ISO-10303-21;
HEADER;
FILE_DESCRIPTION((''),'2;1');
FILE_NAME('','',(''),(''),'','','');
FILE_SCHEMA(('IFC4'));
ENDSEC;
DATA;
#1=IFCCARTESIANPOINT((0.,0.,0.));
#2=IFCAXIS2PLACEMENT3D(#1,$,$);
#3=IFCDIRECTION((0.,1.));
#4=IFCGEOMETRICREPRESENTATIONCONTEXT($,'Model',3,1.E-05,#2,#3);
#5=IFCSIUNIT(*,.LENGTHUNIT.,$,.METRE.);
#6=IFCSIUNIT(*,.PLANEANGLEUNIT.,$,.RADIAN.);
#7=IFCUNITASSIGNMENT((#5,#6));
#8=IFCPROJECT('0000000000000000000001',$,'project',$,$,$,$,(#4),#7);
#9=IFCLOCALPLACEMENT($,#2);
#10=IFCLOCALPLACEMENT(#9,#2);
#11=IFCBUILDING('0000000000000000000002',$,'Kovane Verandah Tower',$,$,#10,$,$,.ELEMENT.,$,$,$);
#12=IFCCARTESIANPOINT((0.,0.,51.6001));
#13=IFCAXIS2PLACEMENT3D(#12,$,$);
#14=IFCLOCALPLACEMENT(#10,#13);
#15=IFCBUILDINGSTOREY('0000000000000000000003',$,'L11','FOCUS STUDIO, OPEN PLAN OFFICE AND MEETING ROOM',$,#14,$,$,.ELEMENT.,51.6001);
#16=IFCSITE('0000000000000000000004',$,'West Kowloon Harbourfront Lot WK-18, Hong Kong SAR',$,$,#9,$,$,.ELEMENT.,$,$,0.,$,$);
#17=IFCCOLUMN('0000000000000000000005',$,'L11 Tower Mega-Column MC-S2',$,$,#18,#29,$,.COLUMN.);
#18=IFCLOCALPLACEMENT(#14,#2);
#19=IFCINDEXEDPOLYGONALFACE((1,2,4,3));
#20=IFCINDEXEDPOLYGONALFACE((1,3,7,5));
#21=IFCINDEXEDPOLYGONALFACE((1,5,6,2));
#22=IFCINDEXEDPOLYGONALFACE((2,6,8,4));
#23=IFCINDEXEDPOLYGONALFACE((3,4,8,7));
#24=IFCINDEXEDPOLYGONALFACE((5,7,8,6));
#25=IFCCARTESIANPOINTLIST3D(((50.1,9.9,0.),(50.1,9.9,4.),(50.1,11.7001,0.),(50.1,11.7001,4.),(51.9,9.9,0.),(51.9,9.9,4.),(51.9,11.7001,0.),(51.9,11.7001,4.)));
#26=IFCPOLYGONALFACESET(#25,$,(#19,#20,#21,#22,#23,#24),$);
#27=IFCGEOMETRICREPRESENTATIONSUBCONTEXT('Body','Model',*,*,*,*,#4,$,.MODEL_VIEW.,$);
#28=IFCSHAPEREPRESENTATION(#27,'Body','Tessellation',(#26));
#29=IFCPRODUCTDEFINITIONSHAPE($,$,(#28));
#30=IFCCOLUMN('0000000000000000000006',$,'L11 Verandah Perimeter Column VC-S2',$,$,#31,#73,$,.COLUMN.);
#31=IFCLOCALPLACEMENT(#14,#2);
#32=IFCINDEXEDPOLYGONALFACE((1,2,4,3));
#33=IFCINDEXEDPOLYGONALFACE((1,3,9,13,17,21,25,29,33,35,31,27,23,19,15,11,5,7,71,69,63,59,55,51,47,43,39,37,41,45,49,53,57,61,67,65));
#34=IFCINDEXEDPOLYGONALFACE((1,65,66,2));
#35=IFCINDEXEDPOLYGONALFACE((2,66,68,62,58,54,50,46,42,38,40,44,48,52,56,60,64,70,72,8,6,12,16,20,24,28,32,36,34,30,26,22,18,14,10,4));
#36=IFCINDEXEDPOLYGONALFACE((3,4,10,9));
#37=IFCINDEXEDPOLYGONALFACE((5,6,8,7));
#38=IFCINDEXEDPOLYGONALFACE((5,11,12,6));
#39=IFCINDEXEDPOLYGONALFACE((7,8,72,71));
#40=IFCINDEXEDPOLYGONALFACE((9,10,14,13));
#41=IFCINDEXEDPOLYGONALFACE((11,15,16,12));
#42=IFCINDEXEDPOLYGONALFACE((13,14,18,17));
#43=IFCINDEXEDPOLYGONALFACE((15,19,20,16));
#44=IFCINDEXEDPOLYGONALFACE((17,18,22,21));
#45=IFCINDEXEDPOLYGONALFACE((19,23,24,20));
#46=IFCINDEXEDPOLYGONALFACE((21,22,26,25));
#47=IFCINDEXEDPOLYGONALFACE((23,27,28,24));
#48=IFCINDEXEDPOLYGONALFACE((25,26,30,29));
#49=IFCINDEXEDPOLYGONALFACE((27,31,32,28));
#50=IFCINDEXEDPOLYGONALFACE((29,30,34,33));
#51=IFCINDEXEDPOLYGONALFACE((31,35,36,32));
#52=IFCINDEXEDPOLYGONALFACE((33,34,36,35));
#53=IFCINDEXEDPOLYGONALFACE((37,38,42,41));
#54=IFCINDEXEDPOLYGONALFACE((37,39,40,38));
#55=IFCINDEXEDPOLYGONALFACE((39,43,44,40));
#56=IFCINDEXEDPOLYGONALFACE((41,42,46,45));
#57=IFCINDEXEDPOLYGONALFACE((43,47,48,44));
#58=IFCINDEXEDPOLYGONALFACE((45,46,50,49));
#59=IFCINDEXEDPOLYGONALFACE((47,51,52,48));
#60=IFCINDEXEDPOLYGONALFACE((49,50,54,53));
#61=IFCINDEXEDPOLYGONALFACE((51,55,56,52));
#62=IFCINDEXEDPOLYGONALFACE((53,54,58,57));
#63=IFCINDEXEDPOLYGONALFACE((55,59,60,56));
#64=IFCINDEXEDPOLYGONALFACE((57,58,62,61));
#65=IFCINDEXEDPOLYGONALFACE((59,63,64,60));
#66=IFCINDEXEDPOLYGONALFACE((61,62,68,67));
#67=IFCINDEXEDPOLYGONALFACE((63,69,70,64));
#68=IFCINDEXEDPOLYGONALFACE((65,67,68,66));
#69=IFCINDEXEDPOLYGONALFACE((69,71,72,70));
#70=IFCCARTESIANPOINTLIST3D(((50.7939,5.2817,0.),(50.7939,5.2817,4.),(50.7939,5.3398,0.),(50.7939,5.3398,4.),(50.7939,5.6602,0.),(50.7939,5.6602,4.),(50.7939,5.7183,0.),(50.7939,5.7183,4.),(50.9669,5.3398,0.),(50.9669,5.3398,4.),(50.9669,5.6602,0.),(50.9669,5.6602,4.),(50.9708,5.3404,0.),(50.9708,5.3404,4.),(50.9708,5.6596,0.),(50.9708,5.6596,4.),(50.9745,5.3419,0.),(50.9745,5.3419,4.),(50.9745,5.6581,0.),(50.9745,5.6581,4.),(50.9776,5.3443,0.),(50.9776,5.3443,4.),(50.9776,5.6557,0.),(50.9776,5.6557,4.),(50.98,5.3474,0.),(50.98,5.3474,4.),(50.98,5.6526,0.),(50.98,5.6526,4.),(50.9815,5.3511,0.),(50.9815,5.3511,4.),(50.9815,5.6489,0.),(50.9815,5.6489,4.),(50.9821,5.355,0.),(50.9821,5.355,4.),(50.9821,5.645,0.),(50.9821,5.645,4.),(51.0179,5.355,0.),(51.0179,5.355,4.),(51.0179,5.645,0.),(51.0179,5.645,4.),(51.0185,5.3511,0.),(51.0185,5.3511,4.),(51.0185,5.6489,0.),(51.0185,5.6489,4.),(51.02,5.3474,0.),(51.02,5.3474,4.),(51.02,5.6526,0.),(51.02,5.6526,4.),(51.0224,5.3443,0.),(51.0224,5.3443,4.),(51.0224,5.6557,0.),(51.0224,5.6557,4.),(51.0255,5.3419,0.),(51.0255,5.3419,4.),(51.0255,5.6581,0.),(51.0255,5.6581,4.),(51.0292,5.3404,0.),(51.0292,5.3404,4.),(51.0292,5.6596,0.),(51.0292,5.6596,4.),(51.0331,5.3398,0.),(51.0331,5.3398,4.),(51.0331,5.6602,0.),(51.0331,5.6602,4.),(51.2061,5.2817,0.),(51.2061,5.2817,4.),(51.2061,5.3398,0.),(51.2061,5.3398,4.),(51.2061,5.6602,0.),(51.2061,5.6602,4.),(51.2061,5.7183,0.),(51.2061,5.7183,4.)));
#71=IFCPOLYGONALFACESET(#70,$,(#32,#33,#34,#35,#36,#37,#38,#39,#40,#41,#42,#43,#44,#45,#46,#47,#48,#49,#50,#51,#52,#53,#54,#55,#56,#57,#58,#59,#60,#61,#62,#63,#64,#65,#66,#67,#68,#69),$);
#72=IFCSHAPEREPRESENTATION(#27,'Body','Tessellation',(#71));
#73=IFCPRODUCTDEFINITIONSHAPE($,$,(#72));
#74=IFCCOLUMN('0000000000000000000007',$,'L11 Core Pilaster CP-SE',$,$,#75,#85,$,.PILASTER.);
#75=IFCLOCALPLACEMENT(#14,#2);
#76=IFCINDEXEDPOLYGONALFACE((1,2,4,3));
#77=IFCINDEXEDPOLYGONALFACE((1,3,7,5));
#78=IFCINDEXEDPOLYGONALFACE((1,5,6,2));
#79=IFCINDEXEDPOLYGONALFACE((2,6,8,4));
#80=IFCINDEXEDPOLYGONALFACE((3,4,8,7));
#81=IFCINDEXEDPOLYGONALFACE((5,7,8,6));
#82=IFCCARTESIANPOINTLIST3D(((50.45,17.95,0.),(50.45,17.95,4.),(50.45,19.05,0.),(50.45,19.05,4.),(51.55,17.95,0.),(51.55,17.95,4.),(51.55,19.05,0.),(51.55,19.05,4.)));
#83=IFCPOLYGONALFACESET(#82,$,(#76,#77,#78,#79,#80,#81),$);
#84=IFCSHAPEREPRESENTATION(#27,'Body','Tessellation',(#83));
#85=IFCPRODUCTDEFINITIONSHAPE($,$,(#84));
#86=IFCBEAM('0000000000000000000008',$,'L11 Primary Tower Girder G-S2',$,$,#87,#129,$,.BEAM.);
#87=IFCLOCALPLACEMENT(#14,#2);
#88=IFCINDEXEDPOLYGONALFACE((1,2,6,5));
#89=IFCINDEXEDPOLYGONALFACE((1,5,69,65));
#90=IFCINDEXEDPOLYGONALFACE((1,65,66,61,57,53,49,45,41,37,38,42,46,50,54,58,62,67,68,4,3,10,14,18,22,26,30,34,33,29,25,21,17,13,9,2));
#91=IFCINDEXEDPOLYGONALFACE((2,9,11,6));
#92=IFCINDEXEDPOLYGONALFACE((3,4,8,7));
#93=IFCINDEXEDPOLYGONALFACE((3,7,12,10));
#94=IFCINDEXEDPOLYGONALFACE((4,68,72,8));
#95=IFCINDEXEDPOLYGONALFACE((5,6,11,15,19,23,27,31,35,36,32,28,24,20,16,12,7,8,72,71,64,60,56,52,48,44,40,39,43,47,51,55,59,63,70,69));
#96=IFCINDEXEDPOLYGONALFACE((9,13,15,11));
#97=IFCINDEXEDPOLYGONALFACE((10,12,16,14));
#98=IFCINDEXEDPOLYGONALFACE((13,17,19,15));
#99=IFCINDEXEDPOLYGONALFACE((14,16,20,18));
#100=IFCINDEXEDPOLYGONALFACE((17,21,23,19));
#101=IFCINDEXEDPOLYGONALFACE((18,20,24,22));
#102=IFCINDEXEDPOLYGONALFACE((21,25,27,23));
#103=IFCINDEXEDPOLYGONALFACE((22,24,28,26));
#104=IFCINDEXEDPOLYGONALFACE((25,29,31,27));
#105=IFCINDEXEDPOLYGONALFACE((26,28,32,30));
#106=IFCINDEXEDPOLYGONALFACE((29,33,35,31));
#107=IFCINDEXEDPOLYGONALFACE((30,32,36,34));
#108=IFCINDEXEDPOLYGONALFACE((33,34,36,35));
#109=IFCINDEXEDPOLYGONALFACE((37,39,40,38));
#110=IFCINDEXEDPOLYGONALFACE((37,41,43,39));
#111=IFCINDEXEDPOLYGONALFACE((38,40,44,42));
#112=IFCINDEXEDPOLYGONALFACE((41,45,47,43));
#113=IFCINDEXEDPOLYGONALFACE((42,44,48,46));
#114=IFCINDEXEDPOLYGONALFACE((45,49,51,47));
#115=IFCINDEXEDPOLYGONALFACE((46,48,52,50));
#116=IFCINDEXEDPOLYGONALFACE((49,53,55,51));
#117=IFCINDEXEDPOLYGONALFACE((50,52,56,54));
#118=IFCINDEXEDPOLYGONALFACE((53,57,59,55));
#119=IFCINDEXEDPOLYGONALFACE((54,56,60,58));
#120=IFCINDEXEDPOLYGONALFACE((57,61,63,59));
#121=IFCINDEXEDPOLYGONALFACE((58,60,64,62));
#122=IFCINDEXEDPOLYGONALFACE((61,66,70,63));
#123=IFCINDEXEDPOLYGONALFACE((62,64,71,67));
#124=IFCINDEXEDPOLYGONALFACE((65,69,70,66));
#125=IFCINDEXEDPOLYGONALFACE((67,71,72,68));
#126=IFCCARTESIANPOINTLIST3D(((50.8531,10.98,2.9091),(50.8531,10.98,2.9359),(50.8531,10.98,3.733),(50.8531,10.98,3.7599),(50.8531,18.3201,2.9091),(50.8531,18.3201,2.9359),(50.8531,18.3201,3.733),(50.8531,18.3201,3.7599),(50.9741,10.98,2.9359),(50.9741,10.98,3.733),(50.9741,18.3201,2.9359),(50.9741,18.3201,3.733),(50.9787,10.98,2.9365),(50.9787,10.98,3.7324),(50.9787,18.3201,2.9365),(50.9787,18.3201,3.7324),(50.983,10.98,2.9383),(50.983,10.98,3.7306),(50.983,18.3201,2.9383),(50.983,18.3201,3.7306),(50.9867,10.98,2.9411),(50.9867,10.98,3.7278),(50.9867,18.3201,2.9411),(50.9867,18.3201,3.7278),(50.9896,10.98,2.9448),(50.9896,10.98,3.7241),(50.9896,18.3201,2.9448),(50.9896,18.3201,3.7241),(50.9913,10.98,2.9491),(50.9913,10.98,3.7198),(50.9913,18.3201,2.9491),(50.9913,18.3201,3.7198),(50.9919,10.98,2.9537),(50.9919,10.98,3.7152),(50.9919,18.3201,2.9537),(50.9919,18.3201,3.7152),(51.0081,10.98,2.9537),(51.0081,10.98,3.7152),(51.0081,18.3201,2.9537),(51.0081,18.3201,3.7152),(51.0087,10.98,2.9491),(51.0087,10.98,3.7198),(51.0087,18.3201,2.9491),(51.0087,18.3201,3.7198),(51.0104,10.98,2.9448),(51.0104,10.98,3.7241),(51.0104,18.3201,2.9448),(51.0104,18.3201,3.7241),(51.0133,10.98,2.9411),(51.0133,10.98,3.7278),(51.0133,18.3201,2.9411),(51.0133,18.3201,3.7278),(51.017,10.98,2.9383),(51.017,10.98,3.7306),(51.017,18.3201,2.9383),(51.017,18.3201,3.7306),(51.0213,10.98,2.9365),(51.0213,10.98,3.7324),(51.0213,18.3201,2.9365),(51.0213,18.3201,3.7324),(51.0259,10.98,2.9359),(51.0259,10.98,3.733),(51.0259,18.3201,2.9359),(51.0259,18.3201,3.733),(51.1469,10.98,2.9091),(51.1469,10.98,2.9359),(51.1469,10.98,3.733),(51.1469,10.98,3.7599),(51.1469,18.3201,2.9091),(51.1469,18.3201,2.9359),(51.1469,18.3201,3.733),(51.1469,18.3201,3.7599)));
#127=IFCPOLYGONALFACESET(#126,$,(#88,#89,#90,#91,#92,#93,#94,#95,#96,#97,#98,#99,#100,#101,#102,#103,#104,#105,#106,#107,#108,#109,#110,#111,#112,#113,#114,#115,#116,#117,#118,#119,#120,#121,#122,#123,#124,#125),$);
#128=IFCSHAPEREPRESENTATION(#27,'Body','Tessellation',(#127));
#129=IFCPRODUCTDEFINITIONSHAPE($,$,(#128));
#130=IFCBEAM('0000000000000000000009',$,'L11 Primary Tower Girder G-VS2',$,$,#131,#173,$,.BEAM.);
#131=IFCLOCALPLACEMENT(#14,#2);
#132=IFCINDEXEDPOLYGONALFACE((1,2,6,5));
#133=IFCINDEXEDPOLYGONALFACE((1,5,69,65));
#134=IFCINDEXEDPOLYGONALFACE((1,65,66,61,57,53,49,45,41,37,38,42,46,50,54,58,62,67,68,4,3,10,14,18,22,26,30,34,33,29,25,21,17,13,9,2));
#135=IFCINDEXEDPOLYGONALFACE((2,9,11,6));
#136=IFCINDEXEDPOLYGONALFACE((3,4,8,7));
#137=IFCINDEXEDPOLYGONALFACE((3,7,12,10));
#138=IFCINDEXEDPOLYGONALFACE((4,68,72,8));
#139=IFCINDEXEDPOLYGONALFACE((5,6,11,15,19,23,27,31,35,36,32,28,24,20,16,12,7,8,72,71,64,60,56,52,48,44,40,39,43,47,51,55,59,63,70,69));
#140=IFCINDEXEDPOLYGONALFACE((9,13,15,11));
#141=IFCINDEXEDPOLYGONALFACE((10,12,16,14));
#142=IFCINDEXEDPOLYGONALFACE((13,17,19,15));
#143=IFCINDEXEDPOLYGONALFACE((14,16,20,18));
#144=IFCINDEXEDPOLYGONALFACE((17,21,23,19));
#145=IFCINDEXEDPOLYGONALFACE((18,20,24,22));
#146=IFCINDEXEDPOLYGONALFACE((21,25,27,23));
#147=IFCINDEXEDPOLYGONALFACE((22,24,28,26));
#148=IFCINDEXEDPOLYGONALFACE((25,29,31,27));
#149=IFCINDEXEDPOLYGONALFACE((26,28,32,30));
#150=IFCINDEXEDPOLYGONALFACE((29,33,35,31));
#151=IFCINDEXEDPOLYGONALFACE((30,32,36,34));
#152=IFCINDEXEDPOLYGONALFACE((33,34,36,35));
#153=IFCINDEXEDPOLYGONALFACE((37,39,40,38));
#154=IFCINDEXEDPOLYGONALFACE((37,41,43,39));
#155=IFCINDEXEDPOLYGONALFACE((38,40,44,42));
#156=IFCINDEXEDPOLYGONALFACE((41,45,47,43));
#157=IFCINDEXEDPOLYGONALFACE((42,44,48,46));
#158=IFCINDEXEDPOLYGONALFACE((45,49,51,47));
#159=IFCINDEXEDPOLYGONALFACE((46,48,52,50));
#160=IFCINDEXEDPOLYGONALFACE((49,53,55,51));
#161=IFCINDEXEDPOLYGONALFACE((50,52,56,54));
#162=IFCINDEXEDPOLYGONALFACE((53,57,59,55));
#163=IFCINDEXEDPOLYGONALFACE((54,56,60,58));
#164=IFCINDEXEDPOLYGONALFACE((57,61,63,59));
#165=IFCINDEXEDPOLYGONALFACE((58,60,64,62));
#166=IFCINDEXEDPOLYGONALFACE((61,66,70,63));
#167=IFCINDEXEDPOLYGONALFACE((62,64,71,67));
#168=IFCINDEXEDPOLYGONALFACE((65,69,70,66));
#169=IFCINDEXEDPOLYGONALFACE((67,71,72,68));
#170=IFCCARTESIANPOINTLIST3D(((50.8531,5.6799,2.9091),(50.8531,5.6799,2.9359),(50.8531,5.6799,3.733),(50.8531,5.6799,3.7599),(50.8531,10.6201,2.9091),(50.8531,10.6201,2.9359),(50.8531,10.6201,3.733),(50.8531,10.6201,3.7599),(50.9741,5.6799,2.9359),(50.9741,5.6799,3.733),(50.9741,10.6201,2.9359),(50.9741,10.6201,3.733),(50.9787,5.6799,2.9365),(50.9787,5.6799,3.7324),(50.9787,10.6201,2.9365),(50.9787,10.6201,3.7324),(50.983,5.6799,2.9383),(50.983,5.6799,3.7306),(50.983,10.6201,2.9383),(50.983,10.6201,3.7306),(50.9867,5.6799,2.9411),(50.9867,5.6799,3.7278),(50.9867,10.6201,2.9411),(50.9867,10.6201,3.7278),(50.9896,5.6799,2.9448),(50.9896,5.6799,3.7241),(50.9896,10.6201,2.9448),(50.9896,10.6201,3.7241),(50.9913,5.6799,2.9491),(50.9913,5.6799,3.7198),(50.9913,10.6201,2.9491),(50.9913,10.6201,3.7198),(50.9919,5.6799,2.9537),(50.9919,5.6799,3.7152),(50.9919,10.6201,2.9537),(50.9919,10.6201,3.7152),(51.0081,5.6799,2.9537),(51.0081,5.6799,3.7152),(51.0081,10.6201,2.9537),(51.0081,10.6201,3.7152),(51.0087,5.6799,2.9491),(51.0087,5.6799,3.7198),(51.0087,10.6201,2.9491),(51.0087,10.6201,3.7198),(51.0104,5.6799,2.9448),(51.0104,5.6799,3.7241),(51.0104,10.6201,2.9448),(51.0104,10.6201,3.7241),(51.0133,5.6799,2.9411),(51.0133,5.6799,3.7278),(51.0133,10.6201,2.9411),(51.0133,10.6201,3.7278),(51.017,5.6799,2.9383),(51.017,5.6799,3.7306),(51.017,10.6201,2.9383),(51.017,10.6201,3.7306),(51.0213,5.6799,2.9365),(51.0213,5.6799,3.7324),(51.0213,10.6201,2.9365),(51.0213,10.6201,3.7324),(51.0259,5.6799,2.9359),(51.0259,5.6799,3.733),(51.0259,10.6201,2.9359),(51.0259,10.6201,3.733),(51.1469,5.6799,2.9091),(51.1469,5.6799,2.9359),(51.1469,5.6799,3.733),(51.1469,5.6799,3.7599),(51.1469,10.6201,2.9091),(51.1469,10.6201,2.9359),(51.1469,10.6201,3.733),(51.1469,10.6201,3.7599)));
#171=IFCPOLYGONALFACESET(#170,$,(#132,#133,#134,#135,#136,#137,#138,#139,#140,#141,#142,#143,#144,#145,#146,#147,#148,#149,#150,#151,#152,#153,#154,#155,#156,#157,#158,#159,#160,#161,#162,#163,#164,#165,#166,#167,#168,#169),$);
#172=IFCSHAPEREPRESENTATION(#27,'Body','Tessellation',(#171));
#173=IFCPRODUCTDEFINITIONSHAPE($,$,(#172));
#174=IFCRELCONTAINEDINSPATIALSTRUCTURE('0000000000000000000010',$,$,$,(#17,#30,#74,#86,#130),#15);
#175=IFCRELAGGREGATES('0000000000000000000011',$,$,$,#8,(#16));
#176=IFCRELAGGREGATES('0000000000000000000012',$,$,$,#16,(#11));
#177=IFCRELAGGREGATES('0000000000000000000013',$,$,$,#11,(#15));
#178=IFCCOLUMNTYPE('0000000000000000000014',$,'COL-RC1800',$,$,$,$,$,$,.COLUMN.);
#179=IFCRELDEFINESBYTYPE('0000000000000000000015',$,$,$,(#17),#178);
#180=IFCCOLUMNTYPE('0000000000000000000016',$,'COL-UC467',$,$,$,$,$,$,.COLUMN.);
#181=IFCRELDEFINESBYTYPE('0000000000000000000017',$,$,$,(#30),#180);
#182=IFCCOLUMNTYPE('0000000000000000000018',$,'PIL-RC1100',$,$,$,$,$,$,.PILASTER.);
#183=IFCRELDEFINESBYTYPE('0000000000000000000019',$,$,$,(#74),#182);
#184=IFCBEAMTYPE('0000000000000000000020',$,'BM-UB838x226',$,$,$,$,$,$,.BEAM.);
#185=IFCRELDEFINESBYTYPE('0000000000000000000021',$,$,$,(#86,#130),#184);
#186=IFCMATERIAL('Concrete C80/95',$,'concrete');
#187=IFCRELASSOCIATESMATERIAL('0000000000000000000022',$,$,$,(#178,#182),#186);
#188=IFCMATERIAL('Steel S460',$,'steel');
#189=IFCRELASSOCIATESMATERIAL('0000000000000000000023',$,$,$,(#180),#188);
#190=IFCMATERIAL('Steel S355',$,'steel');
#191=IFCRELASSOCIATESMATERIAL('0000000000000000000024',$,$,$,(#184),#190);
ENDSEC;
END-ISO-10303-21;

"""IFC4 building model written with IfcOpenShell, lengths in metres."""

from ifc_helpers import new_model, si_unit, direction, frame, origin, origin_2d, place, context, subcontext, project, spatial, rectangle, i_section, extrude, material, material_profile, profile_set, type_object, element, save


model = new_model("IFC4")

# Units and contexts
model_context = context("Model", 3, precision=1e-05, world=origin(), true_north=direction((0.0, 1.0)))
body_context = subcontext(model_context, "Body", "Model", "MODEL_VIEW")
ifc_project = project(units=[si_unit("LENGTHUNIT", "METRE"), si_unit("PLANEANGLEUNIT", "RADIAN")], contexts=[model_context])

# Site, building, storey
site_placement = place(None, origin())
site = spatial("IfcSite", under=ifc_project, at=site_placement, Name="West Kowloon Harbourfront Lot WK-18, Hong Kong SAR", CompositionType="ELEMENT", RefElevation=0.0)
building_placement = place(site_placement, origin())
building = spatial("IfcBuilding", under=site, at=building_placement, Name="Kovane Verandah Tower", CompositionType="ELEMENT")
storey_placement = place(building_placement, frame((0.0, 0.0, 51.6001)))
storey = spatial("IfcBuildingStorey", under=building, at=storey_placement, Name="L11", Description="FOCUS STUDIO, OPEN PLAN OFFICE AND MEETING ROOM", CompositionType="ELEMENT", Elevation=51.6001)

# Columns
ifc_material_1 = material(Name="Concrete C80/95", Category="concrete")
ifc_material_profile_1 = material_profile(ifc_material_1, rectangle(XDim=1.8, YDim=1.8, at=origin_2d()), Name="RC1800x1800")
ifc_profile_set_1 = profile_set([ifc_material_profile_1], Name="Concrete C80/95")
column_type_1 = type_object("IfcColumnType", Name="COL-RC1800", PredefinedType="COLUMN", material=ifc_profile_set_1)
column_1_placement = place(storey_placement, frame((51.0, 10.8, 0.0), z_axis=(0.0, 0.0, 1.0), x_axis=(1.0, 0.0, 0.0)))
element("IfcColumn", 1, at=column_1_placement, inside=storey, type_object=column_type_1, Name="L11 Tower Mega-Column MC-S2", PredefinedType="COLUMN", context=body_context, shape_type="SweptSolid", body=[
    extrude(rectangle(XDim=1.8, YDim=1.8, at=origin_2d()), origin(), (0.0, 0.0, 1.0), 4.0),
])
ifc_material_2 = material(Name="Steel S460", Category="steel")
ifc_material_profile_2 = material_profile(ifc_material_2, i_section(OverallWidth=0.4121, OverallDepth=0.4365, WebThickness=0.0359, FlangeThickness=0.0581, FilletRadius=0.0151, at=origin_2d()), Name="UC356x406x467")
ifc_profile_set_2 = profile_set([ifc_material_profile_2], Name="Steel S460")
column_type_2 = type_object("IfcColumnType", Name="COL-UC467", PredefinedType="COLUMN", material=ifc_profile_set_2)
column_2_placement = place(storey_placement, frame((51.0, 5.5, 0.0), z_axis=(0.0, 0.0, 1.0), x_axis=(1.0, 0.0, 0.0)))
element("IfcColumn", 2, at=column_2_placement, inside=storey, type_object=column_type_2, Name="L11 Verandah Perimeter Column VC-S2", PredefinedType="COLUMN", context=body_context, shape_type="SweptSolid", body=[
    extrude(i_section(OverallWidth=0.4121, OverallDepth=0.4365, WebThickness=0.0359, FlangeThickness=0.0581, FilletRadius=0.0151, at=origin_2d()), origin(), (0.0, 0.0, 1.0), 4.0),
])
ifc_material_profile_3 = material_profile(ifc_material_1, rectangle(XDim=1.1001, YDim=1.1001, at=origin_2d()), Name="RC1100x1100")
ifc_profile_set_3 = profile_set([ifc_material_profile_3], Name="Concrete C80/95")
column_type_3 = type_object("IfcColumnType", Name="PIL-RC1100", PredefinedType="PILASTER", material=ifc_profile_set_3)
column_3_placement = place(storey_placement, frame((51.0, 18.5, 0.0), z_axis=(0.0, 0.0, 1.0), x_axis=(1.0, 0.0, 0.0)))
element("IfcColumn", 3, at=column_3_placement, inside=storey, type_object=column_type_3, Name="L11 Core Pilaster CP-SE", PredefinedType="PILASTER", context=body_context, shape_type="SweptSolid", body=[
    extrude(rectangle(XDim=1.1001, YDim=1.1001, at=origin_2d()), origin(), (0.0, 0.0, 1.0), 4.0),
])

# Beams
ifc_material_3 = material(Name="Steel S355", Category="steel")
ifc_material_profile_4 = material_profile(ifc_material_3, i_section(OverallWidth=0.2937, OverallDepth=0.8508, WebThickness=0.0161, FlangeThickness=0.0269, FilletRadius=0.0178, at=origin_2d()), Name="UB838x292x226")
ifc_profile_set_4 = profile_set([ifc_material_profile_4], Name="Steel S355")
beam_type_1 = type_object("IfcBeamType", Name="BM-UB838x226", PredefinedType="BEAM", material=ifc_profile_set_4)
beam_1_placement = place(storey_placement, frame((51.0, 18.3201, 3.3345), z_axis=(0.0, -1.0, 0.0), x_axis=(1.0, 0.0, 0.0)))
element("IfcBeam", 4, at=beam_1_placement, inside=storey, type_object=beam_type_1, Name="L11 Primary Tower Girder G-S2", PredefinedType="BEAM", context=body_context, shape_type="SweptSolid", body=[
    extrude(i_section(OverallWidth=0.2937, OverallDepth=0.8508, WebThickness=0.0161, FlangeThickness=0.0269, FilletRadius=0.0178, at=origin_2d()), origin(), (0.0, 0.0, 1.0), 7.3401),
])
beam_2_placement = place(storey_placement, frame((51.0, 10.6201, 3.3345), z_axis=(0.0, -1.0, 0.0), x_axis=(1.0, 0.0, 0.0)))
element("IfcBeam", 5, at=beam_2_placement, inside=storey, type_object=beam_type_1, Name="L11 Primary Tower Girder G-VS2", PredefinedType="BEAM", context=body_context, shape_type="SweptSolid", body=[
    extrude(i_section(OverallWidth=0.2937, OverallDepth=0.8508, WebThickness=0.0161, FlangeThickness=0.0269, FilletRadius=0.0178, at=origin_2d()), origin(), (0.0, 0.0, 1.0), 4.9402),
])

save(model, "model.ifc")
